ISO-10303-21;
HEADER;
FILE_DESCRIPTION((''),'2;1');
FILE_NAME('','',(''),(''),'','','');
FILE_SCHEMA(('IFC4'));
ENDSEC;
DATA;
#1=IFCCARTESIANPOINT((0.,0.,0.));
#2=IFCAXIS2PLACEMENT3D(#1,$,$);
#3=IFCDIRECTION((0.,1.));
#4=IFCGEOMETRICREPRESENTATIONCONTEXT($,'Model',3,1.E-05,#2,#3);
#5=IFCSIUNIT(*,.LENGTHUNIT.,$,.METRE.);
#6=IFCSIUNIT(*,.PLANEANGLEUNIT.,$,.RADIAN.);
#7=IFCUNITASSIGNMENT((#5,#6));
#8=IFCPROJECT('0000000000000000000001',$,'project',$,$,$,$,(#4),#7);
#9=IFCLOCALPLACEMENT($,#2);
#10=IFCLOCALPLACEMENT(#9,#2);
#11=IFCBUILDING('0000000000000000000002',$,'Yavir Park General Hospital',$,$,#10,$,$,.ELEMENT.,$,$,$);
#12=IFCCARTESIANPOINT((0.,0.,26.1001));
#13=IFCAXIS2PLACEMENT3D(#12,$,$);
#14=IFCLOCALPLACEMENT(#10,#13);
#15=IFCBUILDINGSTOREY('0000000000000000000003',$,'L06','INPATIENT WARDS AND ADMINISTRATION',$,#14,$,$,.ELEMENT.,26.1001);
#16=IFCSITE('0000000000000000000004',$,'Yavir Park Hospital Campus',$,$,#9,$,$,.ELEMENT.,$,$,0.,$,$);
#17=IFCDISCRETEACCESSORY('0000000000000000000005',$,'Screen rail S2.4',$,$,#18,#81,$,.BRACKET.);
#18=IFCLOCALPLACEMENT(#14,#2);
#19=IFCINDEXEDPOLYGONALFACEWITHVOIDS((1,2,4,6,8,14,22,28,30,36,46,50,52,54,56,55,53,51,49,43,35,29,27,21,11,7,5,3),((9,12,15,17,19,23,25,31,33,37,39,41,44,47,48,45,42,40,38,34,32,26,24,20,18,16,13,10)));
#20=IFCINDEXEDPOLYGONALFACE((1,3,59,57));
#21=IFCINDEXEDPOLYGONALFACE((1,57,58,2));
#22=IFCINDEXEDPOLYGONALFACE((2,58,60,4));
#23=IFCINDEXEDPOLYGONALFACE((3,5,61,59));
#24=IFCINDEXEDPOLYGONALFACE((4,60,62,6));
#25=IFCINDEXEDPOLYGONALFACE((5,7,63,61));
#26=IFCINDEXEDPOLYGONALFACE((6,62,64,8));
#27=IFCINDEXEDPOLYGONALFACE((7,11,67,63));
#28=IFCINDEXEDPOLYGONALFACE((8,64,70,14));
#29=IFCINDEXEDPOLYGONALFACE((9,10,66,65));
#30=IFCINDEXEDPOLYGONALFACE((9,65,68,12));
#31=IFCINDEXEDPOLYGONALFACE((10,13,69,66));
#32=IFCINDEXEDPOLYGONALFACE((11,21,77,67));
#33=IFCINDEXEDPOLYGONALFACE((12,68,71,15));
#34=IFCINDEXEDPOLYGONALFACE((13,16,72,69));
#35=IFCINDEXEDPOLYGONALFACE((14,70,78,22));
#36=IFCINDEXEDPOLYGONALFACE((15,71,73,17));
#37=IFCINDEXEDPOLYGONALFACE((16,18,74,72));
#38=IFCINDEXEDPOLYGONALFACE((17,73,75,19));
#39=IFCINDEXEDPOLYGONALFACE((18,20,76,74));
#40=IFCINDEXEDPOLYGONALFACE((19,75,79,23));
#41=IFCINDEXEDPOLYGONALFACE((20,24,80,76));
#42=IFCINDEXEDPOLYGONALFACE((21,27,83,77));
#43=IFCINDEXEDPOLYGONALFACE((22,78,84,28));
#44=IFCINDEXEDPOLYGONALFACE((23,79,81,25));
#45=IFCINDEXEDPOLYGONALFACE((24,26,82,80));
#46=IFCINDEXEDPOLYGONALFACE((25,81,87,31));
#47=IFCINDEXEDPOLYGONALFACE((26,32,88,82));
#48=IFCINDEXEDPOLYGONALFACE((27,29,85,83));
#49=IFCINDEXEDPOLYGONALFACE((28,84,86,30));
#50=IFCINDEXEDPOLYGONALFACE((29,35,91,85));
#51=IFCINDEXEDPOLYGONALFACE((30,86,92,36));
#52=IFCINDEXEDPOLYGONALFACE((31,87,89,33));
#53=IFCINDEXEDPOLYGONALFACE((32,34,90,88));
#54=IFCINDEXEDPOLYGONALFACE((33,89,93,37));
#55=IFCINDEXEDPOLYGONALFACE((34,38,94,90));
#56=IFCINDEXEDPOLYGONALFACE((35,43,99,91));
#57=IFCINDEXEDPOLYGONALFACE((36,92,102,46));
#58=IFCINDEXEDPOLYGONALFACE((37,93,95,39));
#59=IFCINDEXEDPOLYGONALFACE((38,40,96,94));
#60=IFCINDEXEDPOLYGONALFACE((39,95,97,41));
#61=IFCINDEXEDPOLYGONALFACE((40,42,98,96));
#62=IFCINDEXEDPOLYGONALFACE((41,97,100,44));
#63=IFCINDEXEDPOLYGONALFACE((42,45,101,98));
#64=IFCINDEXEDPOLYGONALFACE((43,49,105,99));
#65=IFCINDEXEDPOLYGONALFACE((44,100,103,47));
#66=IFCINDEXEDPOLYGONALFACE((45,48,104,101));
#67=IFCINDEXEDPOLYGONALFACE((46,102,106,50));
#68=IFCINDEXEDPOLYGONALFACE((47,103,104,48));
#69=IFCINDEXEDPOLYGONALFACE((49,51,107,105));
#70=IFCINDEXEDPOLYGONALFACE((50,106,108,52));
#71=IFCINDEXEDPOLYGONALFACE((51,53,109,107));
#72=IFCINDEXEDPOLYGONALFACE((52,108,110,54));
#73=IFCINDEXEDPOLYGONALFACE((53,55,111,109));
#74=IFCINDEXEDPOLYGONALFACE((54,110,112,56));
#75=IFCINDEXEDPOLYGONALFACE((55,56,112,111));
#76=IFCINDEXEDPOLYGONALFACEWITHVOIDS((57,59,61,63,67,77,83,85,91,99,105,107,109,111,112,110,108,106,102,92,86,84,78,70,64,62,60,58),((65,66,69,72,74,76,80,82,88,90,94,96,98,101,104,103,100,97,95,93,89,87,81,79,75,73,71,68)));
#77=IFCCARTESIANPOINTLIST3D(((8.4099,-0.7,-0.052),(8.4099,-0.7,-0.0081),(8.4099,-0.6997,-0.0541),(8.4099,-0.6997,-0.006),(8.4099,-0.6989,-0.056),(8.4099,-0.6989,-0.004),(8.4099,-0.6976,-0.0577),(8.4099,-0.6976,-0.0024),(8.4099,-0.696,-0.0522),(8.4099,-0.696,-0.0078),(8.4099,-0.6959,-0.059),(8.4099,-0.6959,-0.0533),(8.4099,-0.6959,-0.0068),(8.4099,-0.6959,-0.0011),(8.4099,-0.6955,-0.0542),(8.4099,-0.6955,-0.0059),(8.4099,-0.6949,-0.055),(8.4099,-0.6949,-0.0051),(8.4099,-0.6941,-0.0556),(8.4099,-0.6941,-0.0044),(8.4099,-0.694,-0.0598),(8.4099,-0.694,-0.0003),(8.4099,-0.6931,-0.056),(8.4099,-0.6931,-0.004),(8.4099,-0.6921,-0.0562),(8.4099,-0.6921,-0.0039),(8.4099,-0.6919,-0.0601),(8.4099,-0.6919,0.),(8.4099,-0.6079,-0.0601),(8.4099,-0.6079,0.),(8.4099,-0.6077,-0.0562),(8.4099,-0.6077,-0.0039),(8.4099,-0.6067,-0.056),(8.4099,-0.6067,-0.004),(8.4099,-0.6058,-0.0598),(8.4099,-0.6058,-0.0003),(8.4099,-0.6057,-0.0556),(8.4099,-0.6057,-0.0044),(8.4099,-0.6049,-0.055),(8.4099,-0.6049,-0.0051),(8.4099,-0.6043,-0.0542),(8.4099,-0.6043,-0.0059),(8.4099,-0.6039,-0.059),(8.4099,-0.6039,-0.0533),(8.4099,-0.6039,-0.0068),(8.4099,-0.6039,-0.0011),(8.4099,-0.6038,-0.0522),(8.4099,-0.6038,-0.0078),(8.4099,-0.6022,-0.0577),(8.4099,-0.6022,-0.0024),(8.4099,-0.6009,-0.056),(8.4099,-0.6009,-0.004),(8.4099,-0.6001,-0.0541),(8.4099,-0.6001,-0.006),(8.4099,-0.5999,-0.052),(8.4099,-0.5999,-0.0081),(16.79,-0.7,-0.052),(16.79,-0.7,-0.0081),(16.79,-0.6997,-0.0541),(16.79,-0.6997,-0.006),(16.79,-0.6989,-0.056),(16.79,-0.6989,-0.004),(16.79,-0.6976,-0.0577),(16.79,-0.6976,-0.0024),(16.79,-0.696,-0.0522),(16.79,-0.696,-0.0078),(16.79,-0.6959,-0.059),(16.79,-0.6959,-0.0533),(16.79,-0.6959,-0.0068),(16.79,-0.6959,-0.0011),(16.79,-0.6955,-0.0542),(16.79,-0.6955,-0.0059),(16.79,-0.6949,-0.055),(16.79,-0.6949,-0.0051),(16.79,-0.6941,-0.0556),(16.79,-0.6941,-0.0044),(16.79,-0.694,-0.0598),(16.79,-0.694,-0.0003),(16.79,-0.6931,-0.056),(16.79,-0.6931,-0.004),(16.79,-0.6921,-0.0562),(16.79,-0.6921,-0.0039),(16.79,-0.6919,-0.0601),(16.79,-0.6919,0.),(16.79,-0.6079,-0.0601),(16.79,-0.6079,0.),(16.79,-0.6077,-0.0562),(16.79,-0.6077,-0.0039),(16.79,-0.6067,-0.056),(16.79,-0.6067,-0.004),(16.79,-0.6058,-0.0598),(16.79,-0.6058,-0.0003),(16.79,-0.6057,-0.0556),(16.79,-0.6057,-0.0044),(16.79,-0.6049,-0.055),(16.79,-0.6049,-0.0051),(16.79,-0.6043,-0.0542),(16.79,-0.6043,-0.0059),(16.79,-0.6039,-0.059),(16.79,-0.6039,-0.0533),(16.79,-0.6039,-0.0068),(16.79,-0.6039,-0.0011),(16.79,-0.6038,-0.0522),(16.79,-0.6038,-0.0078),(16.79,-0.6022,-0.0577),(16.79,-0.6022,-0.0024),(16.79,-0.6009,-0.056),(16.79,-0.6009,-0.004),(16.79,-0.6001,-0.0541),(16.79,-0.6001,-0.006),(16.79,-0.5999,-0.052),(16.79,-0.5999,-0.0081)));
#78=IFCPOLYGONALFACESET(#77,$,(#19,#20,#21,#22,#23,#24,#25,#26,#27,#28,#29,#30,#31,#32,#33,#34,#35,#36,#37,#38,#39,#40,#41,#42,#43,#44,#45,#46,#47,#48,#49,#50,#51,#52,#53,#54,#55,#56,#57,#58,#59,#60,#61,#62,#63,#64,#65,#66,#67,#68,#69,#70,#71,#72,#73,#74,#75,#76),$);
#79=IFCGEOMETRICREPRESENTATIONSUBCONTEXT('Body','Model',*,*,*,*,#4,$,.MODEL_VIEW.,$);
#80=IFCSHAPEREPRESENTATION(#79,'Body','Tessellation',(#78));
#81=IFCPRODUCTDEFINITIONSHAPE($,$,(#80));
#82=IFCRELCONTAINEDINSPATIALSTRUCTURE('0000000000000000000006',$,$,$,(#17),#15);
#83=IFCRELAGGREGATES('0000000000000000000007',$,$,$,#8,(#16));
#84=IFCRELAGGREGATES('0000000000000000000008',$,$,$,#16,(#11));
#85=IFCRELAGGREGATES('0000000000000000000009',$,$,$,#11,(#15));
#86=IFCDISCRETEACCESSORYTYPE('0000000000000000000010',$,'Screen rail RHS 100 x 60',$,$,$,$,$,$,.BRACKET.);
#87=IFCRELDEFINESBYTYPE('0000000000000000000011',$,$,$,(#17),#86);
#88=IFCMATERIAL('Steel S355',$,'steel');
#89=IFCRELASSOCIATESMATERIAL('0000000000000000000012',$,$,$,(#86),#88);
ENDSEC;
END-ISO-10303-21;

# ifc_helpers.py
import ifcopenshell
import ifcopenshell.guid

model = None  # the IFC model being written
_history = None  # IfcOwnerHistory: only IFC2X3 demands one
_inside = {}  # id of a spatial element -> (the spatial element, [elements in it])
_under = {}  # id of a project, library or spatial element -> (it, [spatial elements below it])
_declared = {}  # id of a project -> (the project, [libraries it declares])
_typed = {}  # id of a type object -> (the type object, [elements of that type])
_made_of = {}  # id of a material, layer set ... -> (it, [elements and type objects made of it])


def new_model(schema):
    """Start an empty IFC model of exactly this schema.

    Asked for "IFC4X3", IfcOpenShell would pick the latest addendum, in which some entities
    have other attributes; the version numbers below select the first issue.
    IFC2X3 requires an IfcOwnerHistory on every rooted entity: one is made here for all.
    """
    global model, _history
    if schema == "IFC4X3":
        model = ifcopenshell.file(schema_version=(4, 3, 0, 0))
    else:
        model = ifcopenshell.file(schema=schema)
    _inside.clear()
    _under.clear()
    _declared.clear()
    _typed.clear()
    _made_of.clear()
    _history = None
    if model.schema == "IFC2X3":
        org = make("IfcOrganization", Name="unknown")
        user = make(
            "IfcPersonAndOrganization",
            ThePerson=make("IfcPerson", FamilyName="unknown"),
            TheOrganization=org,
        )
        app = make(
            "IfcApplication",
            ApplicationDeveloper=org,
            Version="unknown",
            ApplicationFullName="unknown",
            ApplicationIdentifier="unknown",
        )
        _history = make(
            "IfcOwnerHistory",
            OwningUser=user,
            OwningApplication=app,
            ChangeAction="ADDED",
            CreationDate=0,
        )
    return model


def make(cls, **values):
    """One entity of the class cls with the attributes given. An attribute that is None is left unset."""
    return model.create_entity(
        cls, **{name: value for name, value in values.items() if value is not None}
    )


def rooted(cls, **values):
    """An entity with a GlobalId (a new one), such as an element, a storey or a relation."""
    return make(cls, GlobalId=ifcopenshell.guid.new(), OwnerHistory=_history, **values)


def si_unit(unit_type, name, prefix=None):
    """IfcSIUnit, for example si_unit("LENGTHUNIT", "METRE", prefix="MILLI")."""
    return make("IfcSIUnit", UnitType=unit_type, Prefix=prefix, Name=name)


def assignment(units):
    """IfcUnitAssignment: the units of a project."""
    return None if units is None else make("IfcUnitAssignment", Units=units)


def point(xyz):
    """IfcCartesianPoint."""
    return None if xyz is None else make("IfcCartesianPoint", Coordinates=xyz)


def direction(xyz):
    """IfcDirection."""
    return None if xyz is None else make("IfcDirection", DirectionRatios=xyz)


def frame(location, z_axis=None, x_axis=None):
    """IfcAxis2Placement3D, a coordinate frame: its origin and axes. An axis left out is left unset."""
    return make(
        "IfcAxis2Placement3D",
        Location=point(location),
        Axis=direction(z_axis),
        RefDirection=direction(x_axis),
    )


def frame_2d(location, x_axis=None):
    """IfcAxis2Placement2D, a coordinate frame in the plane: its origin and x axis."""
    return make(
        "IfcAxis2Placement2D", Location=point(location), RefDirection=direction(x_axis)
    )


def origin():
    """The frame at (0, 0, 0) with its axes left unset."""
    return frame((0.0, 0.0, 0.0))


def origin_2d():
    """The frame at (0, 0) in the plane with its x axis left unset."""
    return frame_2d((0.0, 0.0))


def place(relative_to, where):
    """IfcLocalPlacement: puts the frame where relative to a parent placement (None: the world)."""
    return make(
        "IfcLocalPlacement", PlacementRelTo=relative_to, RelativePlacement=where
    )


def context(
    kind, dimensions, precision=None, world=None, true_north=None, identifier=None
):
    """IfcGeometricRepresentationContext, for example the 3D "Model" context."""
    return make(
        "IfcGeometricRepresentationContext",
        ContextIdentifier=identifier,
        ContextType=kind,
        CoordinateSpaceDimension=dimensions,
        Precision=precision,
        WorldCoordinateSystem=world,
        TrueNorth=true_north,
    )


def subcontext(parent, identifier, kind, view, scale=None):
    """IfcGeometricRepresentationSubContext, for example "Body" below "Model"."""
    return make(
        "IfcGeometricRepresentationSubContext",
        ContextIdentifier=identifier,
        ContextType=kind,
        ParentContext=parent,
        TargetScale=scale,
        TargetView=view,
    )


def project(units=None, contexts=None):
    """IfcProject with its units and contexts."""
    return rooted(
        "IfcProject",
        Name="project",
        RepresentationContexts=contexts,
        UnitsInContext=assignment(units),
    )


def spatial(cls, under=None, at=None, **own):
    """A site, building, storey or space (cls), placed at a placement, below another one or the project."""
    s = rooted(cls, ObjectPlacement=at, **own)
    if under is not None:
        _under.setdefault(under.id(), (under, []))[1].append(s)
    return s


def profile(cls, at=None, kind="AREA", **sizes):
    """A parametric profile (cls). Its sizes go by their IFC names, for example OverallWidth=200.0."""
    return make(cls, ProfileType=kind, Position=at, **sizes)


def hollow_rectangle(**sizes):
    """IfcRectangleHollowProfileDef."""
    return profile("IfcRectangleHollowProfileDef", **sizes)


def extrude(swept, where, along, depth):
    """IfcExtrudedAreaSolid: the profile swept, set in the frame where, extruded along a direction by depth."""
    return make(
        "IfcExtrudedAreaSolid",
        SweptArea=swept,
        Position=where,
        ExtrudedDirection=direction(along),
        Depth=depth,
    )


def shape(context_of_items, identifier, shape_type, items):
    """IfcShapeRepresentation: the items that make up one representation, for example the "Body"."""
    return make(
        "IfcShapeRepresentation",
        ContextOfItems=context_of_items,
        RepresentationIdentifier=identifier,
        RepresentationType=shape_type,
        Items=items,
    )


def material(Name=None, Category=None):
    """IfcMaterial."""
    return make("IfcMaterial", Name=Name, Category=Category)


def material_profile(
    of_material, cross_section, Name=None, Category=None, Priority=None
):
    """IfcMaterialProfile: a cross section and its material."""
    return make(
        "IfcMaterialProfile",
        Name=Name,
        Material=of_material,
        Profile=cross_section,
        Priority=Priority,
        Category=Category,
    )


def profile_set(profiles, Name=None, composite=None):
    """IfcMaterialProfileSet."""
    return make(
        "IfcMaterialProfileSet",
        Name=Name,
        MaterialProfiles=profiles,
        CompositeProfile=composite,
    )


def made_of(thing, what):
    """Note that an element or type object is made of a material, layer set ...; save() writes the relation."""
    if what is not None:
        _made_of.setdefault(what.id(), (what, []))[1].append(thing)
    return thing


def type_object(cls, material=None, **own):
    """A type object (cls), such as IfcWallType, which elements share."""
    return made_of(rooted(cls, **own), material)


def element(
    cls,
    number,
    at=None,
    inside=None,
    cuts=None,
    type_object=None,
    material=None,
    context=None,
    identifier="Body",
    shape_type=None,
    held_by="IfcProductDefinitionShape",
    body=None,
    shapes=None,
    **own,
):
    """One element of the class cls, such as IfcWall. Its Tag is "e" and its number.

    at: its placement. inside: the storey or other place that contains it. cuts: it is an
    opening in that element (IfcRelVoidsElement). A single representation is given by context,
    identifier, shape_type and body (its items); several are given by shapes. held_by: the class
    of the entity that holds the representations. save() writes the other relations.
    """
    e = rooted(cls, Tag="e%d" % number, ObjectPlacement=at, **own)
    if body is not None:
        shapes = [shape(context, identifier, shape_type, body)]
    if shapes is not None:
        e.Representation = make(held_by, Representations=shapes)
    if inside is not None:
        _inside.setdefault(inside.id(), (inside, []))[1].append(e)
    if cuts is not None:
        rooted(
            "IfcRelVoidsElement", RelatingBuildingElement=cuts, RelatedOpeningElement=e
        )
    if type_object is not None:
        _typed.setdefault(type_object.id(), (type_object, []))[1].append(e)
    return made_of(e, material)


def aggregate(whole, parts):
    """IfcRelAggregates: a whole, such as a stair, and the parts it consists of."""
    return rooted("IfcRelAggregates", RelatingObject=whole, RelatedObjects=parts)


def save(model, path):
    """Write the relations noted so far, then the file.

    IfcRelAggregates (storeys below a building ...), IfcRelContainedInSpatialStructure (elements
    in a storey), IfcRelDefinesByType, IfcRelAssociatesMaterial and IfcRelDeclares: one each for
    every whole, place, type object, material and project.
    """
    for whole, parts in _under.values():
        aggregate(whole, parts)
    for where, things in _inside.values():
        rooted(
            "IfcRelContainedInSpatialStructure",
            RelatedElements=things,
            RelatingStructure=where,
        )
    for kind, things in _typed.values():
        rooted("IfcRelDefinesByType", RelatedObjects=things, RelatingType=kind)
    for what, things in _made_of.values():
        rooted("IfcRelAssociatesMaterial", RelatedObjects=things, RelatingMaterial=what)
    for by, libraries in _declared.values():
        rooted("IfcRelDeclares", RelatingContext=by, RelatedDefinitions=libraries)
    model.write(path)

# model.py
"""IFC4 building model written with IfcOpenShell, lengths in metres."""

from ifc_helpers import new_model, si_unit, direction, frame, origin, origin_2d, place, context, subcontext, project, spatial, hollow_rectangle, extrude, material, material_profile, profile_set, type_object, element, save


model = new_model("IFC4")

# Units and contexts
model_context = context("Model", 3, precision=1e-05, world=origin(), true_north=direction((0.0, 1.0)))
body_context = subcontext(model_context, "Body", "Model", "MODEL_VIEW")
ifc_project = project(units=[si_unit("LENGTHUNIT", "METRE"), si_unit("PLANEANGLEUNIT", "RADIAN")], contexts=[model_context])

# Site, building, storey
site_placement = place(None, origin())
site = spatial("IfcSite", under=ifc_project, at=site_placement, Name="Yavir Park Hospital Campus", CompositionType="ELEMENT", RefElevation=0.0)
building_placement = place(site_placement, origin())
building = spatial("IfcBuilding", under=site, at=building_placement, Name="Yavir Park General Hospital", CompositionType="ELEMENT")
storey_placement = place(building_placement, frame((0.0, 0.0, 26.1001)))
storey = spatial("IfcBuildingStorey", under=building, at=storey_placement, Name="L06", Description="INPATIENT WARDS AND ADMINISTRATION", CompositionType="ELEMENT", Elevation=26.1001)

# Discrete accessory
ifc_material_1 = material(Name="Steel S355", Category="steel")
ifc_material_profile_1 = material_profile(ifc_material_1, hollow_rectangle(XDim=0.1001, YDim=0.0601, WallThickness=0.0039, InnerFilletRadius=0.0039, OuterFilletRadius=0.0081, at=origin_2d()), Name="RHS60x100x4")
ifc_profile_set_1 = profile_set([ifc_material_profile_1], Name="Steel S355")
discrete_accessory_type_1 = type_object("IfcDiscreteAccessoryType", Name="Screen rail RHS 100 x 60", PredefinedType="BRACKET", material=ifc_profile_set_1)
discrete_accessory_placement = place(storey_placement, frame((8.4099, -0.6499, -0.03), z_axis=(1.0, 0.0, 0.0), x_axis=(0.0, 1.0, 0.0)))
element("IfcDiscreteAccessory", 1, at=discrete_accessory_placement, inside=storey, type_object=discrete_accessory_type_1, Name="Screen rail S2.4", PredefinedType="BRACKET", context=body_context, shape_type="SweptSolid", body=[
    extrude(hollow_rectangle(XDim=0.1001, YDim=0.0601, WallThickness=0.0039, InnerFilletRadius=0.0039, OuterFilletRadius=0.0081, at=origin_2d()), origin(), (0.0, 0.0, 1.0), 8.3801),
])

save(model, "model.ifc")
